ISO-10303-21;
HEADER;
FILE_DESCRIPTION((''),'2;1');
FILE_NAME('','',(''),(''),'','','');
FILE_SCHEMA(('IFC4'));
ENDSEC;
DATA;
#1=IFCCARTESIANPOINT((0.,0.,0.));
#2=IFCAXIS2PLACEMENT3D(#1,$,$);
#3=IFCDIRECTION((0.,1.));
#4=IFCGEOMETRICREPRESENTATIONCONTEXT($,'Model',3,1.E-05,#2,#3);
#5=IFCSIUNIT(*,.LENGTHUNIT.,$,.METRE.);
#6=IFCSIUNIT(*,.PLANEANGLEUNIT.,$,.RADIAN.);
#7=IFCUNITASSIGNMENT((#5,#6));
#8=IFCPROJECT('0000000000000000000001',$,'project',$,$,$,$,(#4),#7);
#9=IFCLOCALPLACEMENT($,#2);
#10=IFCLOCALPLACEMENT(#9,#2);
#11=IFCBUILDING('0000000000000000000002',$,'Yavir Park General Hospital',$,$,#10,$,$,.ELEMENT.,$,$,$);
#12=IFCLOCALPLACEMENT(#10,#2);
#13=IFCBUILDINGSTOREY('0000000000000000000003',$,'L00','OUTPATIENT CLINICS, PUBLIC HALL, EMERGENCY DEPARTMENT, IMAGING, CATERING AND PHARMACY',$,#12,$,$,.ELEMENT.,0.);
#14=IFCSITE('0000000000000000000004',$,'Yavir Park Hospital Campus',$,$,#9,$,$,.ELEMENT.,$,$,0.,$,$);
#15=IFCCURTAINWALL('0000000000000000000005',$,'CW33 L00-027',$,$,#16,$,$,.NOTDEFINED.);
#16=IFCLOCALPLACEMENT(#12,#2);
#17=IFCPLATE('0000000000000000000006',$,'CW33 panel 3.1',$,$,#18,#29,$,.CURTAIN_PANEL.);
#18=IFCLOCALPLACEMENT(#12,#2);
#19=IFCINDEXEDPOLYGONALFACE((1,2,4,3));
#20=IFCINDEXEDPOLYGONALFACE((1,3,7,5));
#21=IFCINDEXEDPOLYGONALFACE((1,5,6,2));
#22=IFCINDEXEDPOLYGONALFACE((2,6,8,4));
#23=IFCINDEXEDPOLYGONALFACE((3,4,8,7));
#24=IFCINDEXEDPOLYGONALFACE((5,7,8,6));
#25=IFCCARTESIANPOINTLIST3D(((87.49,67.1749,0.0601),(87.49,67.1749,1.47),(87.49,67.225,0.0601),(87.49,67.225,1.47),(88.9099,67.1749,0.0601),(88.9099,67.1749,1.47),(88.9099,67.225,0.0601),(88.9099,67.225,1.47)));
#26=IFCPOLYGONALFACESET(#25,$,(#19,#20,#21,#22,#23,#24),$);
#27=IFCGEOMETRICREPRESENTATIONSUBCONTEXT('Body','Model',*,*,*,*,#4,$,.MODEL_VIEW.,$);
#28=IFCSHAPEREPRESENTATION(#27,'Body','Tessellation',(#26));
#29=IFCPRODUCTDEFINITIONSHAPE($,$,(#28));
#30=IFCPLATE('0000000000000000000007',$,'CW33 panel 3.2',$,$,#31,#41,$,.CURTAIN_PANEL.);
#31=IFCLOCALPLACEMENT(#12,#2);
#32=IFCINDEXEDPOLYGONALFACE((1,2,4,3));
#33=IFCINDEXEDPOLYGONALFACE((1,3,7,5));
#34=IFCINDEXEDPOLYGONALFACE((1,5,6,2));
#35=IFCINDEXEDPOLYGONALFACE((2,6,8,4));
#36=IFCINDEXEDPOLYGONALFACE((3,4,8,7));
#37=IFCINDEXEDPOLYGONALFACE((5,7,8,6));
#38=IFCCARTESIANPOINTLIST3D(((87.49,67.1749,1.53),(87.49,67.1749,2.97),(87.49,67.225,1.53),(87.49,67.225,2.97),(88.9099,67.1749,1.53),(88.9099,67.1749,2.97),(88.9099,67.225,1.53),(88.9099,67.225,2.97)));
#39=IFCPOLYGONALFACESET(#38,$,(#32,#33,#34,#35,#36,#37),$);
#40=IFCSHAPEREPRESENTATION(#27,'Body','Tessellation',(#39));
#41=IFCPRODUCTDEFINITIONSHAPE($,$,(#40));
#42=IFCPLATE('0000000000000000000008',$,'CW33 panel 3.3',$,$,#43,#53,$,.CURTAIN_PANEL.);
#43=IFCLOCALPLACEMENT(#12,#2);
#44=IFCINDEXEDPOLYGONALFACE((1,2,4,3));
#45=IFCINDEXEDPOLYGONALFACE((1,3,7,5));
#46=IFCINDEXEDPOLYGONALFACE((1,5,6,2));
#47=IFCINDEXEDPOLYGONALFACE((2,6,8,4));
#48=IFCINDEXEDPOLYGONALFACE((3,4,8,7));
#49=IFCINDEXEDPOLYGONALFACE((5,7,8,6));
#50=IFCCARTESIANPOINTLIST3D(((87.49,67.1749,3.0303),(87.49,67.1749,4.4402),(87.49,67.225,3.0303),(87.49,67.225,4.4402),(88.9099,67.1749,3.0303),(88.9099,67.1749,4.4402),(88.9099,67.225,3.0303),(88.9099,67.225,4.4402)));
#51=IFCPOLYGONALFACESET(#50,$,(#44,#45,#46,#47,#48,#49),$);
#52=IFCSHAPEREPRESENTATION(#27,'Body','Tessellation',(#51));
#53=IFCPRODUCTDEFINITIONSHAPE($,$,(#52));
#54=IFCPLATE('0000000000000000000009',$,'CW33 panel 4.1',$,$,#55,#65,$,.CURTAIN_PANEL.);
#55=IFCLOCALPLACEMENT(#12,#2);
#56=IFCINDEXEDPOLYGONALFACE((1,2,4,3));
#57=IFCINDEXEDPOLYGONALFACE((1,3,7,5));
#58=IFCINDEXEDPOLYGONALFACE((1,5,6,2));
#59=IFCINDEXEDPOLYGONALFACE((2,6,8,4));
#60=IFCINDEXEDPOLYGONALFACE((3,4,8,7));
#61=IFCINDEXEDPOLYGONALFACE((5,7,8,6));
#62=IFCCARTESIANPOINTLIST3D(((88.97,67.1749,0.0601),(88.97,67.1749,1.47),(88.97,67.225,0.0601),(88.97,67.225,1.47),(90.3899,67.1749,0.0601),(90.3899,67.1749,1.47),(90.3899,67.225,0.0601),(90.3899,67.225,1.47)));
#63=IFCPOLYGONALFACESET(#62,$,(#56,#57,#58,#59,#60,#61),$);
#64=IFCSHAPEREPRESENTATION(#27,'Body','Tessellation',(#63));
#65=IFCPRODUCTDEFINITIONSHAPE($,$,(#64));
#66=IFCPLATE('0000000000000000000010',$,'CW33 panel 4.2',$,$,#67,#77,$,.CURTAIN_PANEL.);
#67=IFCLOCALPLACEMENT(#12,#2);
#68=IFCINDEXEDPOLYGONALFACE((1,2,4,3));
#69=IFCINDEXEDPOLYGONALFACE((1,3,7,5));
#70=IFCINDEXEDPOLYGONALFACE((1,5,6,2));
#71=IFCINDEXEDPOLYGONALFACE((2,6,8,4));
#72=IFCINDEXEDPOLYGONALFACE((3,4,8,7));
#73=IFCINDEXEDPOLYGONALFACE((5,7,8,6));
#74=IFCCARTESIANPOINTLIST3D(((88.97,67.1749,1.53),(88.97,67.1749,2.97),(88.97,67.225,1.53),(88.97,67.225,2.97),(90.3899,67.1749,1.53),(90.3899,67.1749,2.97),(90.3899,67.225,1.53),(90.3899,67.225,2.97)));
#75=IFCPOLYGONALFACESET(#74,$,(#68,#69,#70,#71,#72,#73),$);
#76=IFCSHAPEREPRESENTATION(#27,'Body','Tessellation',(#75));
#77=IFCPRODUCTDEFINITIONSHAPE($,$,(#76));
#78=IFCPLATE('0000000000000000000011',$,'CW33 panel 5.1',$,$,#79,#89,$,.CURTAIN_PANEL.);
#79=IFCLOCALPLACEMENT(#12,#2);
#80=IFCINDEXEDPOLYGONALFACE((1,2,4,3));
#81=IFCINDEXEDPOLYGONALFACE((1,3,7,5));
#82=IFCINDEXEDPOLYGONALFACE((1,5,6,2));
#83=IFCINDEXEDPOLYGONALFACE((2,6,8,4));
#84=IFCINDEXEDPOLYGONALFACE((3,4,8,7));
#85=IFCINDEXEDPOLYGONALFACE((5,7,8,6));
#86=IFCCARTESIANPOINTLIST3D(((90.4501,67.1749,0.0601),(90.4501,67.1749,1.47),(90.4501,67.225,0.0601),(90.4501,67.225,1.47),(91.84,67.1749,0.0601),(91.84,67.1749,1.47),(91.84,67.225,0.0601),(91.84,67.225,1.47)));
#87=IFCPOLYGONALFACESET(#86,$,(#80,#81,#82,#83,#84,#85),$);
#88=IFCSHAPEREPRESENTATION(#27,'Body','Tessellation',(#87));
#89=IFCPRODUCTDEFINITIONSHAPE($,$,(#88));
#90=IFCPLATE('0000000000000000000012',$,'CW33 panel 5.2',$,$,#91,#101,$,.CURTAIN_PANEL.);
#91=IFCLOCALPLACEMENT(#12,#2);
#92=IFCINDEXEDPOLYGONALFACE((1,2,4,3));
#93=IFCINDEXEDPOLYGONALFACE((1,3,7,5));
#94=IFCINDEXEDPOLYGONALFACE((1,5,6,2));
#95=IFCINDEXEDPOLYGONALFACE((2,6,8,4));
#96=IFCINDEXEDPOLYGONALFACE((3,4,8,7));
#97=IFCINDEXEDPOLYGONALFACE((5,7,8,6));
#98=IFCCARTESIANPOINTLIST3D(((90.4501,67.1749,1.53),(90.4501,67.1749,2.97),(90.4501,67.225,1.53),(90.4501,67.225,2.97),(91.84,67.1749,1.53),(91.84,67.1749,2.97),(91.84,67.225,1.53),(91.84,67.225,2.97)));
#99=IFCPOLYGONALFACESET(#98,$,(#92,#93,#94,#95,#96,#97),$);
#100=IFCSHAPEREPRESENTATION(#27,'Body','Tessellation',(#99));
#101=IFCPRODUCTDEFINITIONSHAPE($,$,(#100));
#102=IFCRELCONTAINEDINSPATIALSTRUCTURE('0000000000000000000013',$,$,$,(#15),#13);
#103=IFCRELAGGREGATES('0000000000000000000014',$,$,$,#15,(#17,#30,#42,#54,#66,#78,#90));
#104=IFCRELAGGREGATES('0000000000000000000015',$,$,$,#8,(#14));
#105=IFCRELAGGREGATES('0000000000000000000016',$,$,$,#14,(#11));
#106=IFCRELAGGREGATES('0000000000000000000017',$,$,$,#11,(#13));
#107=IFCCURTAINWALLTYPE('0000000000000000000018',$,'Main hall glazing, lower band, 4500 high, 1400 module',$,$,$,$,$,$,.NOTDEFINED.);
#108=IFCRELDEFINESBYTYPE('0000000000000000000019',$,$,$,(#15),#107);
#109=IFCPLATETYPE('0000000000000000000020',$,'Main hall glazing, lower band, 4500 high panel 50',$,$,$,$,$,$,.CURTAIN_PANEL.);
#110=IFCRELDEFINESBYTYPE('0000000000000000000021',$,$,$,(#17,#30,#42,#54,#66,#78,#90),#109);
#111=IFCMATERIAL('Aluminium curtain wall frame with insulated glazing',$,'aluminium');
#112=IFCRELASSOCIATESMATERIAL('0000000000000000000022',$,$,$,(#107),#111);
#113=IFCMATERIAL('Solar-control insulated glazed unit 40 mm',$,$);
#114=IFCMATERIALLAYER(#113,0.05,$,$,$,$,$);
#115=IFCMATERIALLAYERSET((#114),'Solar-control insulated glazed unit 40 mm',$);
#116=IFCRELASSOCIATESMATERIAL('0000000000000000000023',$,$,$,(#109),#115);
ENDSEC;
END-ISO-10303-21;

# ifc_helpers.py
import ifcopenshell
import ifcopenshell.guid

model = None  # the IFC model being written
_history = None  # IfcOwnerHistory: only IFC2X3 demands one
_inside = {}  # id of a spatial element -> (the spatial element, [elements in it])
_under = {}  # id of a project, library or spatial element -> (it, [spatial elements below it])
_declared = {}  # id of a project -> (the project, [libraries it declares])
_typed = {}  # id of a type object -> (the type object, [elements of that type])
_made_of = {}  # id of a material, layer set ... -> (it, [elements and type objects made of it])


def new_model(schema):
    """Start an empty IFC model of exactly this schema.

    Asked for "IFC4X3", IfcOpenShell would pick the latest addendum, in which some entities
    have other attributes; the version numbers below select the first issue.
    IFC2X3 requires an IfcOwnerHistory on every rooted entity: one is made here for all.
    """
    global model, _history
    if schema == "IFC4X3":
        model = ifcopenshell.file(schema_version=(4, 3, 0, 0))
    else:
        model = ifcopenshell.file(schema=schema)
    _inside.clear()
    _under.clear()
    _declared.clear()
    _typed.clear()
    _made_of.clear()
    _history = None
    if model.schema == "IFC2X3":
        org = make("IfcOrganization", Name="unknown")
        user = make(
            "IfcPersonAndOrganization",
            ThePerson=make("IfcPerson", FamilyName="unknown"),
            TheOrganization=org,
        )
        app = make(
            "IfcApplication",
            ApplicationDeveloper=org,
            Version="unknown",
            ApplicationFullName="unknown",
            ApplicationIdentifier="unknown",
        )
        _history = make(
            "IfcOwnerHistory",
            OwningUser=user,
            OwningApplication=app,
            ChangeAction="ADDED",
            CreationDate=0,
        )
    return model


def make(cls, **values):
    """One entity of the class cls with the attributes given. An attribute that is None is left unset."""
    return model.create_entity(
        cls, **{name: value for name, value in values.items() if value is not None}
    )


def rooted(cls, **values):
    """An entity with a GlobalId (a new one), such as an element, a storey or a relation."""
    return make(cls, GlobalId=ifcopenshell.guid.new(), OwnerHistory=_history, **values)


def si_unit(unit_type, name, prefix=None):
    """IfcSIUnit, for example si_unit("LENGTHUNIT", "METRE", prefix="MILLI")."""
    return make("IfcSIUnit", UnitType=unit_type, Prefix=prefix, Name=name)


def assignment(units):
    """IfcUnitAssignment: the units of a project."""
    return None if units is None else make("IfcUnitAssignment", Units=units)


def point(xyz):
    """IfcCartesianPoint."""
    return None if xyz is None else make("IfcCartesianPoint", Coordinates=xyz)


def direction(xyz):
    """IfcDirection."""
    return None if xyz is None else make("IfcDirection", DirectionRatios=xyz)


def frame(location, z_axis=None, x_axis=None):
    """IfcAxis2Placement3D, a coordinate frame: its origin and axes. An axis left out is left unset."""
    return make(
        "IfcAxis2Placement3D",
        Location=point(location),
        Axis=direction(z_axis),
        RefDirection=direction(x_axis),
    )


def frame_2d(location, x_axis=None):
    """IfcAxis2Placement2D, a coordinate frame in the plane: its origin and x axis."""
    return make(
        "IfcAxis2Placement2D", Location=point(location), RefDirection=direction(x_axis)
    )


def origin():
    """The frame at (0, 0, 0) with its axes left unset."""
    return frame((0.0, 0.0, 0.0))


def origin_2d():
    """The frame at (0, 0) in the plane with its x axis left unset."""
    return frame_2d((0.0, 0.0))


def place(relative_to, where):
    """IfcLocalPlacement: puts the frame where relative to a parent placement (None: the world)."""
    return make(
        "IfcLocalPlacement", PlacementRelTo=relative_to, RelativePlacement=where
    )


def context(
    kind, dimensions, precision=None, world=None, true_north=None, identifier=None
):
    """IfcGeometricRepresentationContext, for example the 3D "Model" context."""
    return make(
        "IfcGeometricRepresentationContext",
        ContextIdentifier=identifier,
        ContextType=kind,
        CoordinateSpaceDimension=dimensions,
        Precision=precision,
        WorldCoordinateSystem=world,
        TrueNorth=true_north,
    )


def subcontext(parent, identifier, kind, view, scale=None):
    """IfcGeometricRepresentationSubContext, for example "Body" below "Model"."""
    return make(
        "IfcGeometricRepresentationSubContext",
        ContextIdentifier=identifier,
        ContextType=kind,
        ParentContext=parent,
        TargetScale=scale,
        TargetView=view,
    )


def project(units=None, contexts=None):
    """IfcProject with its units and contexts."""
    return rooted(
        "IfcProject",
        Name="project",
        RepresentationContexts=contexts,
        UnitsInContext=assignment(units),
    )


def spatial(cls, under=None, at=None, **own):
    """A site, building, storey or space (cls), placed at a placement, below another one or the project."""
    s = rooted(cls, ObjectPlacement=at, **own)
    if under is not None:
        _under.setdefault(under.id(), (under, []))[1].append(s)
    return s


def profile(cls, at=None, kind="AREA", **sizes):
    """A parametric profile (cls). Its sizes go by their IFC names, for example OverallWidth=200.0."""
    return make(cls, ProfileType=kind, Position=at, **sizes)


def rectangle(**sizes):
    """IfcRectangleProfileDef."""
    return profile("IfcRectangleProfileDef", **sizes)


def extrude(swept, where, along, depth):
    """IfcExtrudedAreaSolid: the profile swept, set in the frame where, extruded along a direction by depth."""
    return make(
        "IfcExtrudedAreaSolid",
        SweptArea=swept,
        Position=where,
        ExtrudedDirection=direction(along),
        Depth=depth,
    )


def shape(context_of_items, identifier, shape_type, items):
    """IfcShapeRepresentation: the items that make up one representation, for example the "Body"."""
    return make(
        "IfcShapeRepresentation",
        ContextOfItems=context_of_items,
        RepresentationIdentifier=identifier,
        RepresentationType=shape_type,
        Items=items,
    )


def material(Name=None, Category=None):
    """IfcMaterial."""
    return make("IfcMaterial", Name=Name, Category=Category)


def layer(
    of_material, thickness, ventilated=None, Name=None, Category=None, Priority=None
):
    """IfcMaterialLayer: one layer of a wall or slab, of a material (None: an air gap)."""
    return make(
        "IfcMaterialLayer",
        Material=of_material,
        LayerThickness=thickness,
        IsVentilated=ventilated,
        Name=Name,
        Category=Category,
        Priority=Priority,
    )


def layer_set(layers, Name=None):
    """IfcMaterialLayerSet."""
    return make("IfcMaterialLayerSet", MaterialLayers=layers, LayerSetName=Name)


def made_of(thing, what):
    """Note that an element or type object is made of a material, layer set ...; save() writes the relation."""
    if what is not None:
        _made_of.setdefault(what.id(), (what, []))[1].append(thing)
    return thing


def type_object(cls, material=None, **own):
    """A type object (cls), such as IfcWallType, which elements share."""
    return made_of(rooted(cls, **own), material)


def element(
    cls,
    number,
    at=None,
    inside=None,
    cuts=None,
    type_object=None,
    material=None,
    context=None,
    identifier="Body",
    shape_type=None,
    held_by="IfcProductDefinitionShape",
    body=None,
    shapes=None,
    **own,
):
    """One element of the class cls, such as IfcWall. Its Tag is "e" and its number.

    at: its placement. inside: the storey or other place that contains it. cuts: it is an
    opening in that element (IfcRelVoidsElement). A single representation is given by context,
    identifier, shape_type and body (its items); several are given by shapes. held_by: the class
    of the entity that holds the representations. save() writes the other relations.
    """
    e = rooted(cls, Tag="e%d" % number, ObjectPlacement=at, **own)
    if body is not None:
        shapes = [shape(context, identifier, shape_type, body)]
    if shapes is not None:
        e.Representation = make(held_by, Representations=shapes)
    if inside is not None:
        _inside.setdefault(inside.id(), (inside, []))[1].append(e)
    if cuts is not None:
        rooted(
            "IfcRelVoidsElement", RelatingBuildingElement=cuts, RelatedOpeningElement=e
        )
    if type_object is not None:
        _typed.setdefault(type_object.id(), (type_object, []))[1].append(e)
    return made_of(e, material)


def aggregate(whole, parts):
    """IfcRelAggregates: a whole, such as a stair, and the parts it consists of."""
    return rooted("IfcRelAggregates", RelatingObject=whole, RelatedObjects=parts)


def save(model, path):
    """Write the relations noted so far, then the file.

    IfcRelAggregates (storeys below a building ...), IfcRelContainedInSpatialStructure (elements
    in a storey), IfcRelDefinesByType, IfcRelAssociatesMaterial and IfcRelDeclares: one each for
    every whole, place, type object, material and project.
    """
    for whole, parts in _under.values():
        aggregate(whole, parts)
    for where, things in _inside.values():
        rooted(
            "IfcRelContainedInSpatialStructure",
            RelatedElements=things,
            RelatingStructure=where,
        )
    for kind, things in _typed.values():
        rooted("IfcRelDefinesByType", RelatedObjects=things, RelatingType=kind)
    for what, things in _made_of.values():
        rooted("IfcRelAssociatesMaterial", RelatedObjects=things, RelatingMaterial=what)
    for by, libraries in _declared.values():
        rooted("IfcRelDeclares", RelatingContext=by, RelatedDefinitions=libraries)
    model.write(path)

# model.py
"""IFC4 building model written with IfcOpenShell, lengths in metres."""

from ifc_helpers import new_model, si_unit, direction, frame, origin, origin_2d, place, context, subcontext, project, spatial, rectangle, extrude, material, layer, layer_set, type_object, element, aggregate, save


model = new_model("IFC4")

# Units and contexts
model_context = context("Model", 3, precision=1e-05, world=origin(), true_north=direction((0.0, 1.0)))
body_context = subcontext(model_context, "Body", "Model", "MODEL_VIEW")
ifc_project = project(units=[si_unit("LENGTHUNIT", "METRE"), si_unit("PLANEANGLEUNIT", "RADIAN")], contexts=[model_context])

# Site, building, storey
site_placement = place(None, origin())
site = spatial("IfcSite", under=ifc_project, at=site_placement, Name="Yavir Park Hospital Campus", CompositionType="ELEMENT", RefElevation=0.0)
building_placement = place(site_placement, origin())
building = spatial("IfcBuilding", under=site, at=building_placement, Name="Yavir Park General Hospital", CompositionType="ELEMENT")
storey_placement = place(building_placement, origin())
storey = spatial("IfcBuildingStorey", under=building, at=storey_placement, Name="L00", Description="OUTPATIENT CLINICS, PUBLIC HALL, EMERGENCY DEPARTMENT, IMAGING, CATERING AND PHARMACY", CompositionType="ELEMENT", Elevation=0.0)

# Curtain wall
ifc_material_1 = material(Name="Aluminium curtain wall frame with insulated glazing", Category="aluminium")
curtain_wall_type = type_object("IfcCurtainWallType", Name="Main hall glazing, lower band, 4500 high, 1400 module", PredefinedType="NOTDEFINED", material=ifc_material_1)
curtain_wall_placement = place(storey_placement, origin())
curtain_wall = element("IfcCurtainWall", 1, at=curtain_wall_placement, inside=storey, type_object=curtain_wall_type, Name="CW33 L00-027", PredefinedType="NOTDEFINED")

# Plates
ifc_material_2 = material(Name="Solar-control insulated glazed unit 40 mm")
ifc_layer = layer(ifc_material_2, 0.05)
ifc_layer_set = layer_set([ifc_layer], Name="Solar-control insulated glazed unit 40 mm")
plate_type = type_object("IfcPlateType", Name="Main hall glazing, lower band, 4500 high panel 50", PredefinedType="CURTAIN_PANEL", material=ifc_layer_set)
plate_1_placement = place(storey_placement, frame((88.2, 67.2, 0.0601), z_axis=(0.0, 0.0, 1.0), x_axis=(1.0, 0.0, 0.0)))
plate_1 = element("IfcPlate", 2, at=plate_1_placement, type_object=plate_type, Name="CW33 panel 3.1", PredefinedType="CURTAIN_PANEL", context=body_context, shape_type="SweptSolid", body=[
    extrude(rectangle(XDim=1.4199, YDim=0.05, at=origin_2d()), origin(), (0.0, 0.0, 1.0), 1.4099),
])
plate_2_placement = place(storey_placement, frame((88.2, 67.2, 1.53), z_axis=(0.0, 0.0, 1.0), x_axis=(1.0, 0.0, 0.0)))
plate_2 = element("IfcPlate", 3, at=plate_2_placement, type_object=plate_type, Name="CW33 panel 3.2", PredefinedType="CURTAIN_PANEL", context=body_context, shape_type="SweptSolid", body=[
    extrude(rectangle(XDim=1.4199, YDim=0.05, at=origin_2d()), origin(), (0.0, 0.0, 1.0), 1.4399),
])
plate_3_placement = place(storey_placement, frame((88.2, 67.2, 3.0303), z_axis=(0.0, 0.0, 1.0), x_axis=(1.0, 0.0, 0.0)))
plate_3 = element("IfcPlate", 4, at=plate_3_placement, type_object=plate_type, Name="CW33 panel 3.3", PredefinedType="CURTAIN_PANEL", context=body_context, shape_type="SweptSolid", body=[
    extrude(rectangle(XDim=1.4199, YDim=0.05, at=origin_2d()), origin(), (0.0, 0.0, 1.0), 1.4099),
])
plate_4_placement = place(storey_placement, frame((89.6799, 67.2, 0.0601), z_axis=(0.0, 0.0, 1.0), x_axis=(1.0, 0.0, 0.0)))
plate_4 = element("IfcPlate", 5, at=plate_4_placement, type_object=plate_type, Name="CW33 panel 4.1", PredefinedType="CURTAIN_PANEL", context=body_context, shape_type="SweptSolid", body=[
    extrude(rectangle(XDim=1.4199, YDim=0.05, at=origin_2d()), origin(), (0.0, 0.0, 1.0), 1.4099),
])
plate_5_placement = place(storey_placement, frame((89.6799, 67.2, 1.53), z_axis=(0.0, 0.0, 1.0), x_axis=(1.0, 0.0, 0.0)))
plate_5 = element("IfcPlate", 6, at=plate_5_placement, type_object=plate_type, Name="CW33 panel 4.2", PredefinedType="CURTAIN_PANEL", context=body_context, shape_type="SweptSolid", body=[
    extrude(rectangle(XDim=1.4199, YDim=0.05, at=origin_2d()), origin(), (0.0, 0.0, 1.0), 1.4399),
])
plate_6_placement = place(storey_placement, frame((91.145, 67.2, 0.0601), z_axis=(0.0, 0.0, 1.0), x_axis=(1.0, 0.0, 0.0)))
plate_6 = element("IfcPlate", 7, at=plate_6_placement, type_object=plate_type, Name="CW33 panel 5.1", PredefinedType="CURTAIN_PANEL", context=body_context, shape_type="SweptSolid", body=[
    extrude(rectangle(XDim=1.3899, YDim=0.05, at=origin_2d()), origin(), (0.0, 0.0, 1.0), 1.4099),
])
plate_7_placement = place(storey_placement, frame((91.145, 67.2, 1.53), z_axis=(0.0, 0.0, 1.0), x_axis=(1.0, 0.0, 0.0)))
plate_7 = element("IfcPlate", 8, at=plate_7_placement, type_object=plate_type, Name="CW33 panel 5.2", PredefinedType="CURTAIN_PANEL", context=body_context, shape_type="SweptSolid", body=[
    extrude(rectangle(XDim=1.3899, YDim=0.05, at=origin_2d()), origin(), (0.0, 0.0, 1.0), 1.4399),
])
aggregate(curtain_wall, [plate_1, plate_2, plate_3, plate_4, plate_5, plate_6, plate_7])

save(model, "model.ifc")
